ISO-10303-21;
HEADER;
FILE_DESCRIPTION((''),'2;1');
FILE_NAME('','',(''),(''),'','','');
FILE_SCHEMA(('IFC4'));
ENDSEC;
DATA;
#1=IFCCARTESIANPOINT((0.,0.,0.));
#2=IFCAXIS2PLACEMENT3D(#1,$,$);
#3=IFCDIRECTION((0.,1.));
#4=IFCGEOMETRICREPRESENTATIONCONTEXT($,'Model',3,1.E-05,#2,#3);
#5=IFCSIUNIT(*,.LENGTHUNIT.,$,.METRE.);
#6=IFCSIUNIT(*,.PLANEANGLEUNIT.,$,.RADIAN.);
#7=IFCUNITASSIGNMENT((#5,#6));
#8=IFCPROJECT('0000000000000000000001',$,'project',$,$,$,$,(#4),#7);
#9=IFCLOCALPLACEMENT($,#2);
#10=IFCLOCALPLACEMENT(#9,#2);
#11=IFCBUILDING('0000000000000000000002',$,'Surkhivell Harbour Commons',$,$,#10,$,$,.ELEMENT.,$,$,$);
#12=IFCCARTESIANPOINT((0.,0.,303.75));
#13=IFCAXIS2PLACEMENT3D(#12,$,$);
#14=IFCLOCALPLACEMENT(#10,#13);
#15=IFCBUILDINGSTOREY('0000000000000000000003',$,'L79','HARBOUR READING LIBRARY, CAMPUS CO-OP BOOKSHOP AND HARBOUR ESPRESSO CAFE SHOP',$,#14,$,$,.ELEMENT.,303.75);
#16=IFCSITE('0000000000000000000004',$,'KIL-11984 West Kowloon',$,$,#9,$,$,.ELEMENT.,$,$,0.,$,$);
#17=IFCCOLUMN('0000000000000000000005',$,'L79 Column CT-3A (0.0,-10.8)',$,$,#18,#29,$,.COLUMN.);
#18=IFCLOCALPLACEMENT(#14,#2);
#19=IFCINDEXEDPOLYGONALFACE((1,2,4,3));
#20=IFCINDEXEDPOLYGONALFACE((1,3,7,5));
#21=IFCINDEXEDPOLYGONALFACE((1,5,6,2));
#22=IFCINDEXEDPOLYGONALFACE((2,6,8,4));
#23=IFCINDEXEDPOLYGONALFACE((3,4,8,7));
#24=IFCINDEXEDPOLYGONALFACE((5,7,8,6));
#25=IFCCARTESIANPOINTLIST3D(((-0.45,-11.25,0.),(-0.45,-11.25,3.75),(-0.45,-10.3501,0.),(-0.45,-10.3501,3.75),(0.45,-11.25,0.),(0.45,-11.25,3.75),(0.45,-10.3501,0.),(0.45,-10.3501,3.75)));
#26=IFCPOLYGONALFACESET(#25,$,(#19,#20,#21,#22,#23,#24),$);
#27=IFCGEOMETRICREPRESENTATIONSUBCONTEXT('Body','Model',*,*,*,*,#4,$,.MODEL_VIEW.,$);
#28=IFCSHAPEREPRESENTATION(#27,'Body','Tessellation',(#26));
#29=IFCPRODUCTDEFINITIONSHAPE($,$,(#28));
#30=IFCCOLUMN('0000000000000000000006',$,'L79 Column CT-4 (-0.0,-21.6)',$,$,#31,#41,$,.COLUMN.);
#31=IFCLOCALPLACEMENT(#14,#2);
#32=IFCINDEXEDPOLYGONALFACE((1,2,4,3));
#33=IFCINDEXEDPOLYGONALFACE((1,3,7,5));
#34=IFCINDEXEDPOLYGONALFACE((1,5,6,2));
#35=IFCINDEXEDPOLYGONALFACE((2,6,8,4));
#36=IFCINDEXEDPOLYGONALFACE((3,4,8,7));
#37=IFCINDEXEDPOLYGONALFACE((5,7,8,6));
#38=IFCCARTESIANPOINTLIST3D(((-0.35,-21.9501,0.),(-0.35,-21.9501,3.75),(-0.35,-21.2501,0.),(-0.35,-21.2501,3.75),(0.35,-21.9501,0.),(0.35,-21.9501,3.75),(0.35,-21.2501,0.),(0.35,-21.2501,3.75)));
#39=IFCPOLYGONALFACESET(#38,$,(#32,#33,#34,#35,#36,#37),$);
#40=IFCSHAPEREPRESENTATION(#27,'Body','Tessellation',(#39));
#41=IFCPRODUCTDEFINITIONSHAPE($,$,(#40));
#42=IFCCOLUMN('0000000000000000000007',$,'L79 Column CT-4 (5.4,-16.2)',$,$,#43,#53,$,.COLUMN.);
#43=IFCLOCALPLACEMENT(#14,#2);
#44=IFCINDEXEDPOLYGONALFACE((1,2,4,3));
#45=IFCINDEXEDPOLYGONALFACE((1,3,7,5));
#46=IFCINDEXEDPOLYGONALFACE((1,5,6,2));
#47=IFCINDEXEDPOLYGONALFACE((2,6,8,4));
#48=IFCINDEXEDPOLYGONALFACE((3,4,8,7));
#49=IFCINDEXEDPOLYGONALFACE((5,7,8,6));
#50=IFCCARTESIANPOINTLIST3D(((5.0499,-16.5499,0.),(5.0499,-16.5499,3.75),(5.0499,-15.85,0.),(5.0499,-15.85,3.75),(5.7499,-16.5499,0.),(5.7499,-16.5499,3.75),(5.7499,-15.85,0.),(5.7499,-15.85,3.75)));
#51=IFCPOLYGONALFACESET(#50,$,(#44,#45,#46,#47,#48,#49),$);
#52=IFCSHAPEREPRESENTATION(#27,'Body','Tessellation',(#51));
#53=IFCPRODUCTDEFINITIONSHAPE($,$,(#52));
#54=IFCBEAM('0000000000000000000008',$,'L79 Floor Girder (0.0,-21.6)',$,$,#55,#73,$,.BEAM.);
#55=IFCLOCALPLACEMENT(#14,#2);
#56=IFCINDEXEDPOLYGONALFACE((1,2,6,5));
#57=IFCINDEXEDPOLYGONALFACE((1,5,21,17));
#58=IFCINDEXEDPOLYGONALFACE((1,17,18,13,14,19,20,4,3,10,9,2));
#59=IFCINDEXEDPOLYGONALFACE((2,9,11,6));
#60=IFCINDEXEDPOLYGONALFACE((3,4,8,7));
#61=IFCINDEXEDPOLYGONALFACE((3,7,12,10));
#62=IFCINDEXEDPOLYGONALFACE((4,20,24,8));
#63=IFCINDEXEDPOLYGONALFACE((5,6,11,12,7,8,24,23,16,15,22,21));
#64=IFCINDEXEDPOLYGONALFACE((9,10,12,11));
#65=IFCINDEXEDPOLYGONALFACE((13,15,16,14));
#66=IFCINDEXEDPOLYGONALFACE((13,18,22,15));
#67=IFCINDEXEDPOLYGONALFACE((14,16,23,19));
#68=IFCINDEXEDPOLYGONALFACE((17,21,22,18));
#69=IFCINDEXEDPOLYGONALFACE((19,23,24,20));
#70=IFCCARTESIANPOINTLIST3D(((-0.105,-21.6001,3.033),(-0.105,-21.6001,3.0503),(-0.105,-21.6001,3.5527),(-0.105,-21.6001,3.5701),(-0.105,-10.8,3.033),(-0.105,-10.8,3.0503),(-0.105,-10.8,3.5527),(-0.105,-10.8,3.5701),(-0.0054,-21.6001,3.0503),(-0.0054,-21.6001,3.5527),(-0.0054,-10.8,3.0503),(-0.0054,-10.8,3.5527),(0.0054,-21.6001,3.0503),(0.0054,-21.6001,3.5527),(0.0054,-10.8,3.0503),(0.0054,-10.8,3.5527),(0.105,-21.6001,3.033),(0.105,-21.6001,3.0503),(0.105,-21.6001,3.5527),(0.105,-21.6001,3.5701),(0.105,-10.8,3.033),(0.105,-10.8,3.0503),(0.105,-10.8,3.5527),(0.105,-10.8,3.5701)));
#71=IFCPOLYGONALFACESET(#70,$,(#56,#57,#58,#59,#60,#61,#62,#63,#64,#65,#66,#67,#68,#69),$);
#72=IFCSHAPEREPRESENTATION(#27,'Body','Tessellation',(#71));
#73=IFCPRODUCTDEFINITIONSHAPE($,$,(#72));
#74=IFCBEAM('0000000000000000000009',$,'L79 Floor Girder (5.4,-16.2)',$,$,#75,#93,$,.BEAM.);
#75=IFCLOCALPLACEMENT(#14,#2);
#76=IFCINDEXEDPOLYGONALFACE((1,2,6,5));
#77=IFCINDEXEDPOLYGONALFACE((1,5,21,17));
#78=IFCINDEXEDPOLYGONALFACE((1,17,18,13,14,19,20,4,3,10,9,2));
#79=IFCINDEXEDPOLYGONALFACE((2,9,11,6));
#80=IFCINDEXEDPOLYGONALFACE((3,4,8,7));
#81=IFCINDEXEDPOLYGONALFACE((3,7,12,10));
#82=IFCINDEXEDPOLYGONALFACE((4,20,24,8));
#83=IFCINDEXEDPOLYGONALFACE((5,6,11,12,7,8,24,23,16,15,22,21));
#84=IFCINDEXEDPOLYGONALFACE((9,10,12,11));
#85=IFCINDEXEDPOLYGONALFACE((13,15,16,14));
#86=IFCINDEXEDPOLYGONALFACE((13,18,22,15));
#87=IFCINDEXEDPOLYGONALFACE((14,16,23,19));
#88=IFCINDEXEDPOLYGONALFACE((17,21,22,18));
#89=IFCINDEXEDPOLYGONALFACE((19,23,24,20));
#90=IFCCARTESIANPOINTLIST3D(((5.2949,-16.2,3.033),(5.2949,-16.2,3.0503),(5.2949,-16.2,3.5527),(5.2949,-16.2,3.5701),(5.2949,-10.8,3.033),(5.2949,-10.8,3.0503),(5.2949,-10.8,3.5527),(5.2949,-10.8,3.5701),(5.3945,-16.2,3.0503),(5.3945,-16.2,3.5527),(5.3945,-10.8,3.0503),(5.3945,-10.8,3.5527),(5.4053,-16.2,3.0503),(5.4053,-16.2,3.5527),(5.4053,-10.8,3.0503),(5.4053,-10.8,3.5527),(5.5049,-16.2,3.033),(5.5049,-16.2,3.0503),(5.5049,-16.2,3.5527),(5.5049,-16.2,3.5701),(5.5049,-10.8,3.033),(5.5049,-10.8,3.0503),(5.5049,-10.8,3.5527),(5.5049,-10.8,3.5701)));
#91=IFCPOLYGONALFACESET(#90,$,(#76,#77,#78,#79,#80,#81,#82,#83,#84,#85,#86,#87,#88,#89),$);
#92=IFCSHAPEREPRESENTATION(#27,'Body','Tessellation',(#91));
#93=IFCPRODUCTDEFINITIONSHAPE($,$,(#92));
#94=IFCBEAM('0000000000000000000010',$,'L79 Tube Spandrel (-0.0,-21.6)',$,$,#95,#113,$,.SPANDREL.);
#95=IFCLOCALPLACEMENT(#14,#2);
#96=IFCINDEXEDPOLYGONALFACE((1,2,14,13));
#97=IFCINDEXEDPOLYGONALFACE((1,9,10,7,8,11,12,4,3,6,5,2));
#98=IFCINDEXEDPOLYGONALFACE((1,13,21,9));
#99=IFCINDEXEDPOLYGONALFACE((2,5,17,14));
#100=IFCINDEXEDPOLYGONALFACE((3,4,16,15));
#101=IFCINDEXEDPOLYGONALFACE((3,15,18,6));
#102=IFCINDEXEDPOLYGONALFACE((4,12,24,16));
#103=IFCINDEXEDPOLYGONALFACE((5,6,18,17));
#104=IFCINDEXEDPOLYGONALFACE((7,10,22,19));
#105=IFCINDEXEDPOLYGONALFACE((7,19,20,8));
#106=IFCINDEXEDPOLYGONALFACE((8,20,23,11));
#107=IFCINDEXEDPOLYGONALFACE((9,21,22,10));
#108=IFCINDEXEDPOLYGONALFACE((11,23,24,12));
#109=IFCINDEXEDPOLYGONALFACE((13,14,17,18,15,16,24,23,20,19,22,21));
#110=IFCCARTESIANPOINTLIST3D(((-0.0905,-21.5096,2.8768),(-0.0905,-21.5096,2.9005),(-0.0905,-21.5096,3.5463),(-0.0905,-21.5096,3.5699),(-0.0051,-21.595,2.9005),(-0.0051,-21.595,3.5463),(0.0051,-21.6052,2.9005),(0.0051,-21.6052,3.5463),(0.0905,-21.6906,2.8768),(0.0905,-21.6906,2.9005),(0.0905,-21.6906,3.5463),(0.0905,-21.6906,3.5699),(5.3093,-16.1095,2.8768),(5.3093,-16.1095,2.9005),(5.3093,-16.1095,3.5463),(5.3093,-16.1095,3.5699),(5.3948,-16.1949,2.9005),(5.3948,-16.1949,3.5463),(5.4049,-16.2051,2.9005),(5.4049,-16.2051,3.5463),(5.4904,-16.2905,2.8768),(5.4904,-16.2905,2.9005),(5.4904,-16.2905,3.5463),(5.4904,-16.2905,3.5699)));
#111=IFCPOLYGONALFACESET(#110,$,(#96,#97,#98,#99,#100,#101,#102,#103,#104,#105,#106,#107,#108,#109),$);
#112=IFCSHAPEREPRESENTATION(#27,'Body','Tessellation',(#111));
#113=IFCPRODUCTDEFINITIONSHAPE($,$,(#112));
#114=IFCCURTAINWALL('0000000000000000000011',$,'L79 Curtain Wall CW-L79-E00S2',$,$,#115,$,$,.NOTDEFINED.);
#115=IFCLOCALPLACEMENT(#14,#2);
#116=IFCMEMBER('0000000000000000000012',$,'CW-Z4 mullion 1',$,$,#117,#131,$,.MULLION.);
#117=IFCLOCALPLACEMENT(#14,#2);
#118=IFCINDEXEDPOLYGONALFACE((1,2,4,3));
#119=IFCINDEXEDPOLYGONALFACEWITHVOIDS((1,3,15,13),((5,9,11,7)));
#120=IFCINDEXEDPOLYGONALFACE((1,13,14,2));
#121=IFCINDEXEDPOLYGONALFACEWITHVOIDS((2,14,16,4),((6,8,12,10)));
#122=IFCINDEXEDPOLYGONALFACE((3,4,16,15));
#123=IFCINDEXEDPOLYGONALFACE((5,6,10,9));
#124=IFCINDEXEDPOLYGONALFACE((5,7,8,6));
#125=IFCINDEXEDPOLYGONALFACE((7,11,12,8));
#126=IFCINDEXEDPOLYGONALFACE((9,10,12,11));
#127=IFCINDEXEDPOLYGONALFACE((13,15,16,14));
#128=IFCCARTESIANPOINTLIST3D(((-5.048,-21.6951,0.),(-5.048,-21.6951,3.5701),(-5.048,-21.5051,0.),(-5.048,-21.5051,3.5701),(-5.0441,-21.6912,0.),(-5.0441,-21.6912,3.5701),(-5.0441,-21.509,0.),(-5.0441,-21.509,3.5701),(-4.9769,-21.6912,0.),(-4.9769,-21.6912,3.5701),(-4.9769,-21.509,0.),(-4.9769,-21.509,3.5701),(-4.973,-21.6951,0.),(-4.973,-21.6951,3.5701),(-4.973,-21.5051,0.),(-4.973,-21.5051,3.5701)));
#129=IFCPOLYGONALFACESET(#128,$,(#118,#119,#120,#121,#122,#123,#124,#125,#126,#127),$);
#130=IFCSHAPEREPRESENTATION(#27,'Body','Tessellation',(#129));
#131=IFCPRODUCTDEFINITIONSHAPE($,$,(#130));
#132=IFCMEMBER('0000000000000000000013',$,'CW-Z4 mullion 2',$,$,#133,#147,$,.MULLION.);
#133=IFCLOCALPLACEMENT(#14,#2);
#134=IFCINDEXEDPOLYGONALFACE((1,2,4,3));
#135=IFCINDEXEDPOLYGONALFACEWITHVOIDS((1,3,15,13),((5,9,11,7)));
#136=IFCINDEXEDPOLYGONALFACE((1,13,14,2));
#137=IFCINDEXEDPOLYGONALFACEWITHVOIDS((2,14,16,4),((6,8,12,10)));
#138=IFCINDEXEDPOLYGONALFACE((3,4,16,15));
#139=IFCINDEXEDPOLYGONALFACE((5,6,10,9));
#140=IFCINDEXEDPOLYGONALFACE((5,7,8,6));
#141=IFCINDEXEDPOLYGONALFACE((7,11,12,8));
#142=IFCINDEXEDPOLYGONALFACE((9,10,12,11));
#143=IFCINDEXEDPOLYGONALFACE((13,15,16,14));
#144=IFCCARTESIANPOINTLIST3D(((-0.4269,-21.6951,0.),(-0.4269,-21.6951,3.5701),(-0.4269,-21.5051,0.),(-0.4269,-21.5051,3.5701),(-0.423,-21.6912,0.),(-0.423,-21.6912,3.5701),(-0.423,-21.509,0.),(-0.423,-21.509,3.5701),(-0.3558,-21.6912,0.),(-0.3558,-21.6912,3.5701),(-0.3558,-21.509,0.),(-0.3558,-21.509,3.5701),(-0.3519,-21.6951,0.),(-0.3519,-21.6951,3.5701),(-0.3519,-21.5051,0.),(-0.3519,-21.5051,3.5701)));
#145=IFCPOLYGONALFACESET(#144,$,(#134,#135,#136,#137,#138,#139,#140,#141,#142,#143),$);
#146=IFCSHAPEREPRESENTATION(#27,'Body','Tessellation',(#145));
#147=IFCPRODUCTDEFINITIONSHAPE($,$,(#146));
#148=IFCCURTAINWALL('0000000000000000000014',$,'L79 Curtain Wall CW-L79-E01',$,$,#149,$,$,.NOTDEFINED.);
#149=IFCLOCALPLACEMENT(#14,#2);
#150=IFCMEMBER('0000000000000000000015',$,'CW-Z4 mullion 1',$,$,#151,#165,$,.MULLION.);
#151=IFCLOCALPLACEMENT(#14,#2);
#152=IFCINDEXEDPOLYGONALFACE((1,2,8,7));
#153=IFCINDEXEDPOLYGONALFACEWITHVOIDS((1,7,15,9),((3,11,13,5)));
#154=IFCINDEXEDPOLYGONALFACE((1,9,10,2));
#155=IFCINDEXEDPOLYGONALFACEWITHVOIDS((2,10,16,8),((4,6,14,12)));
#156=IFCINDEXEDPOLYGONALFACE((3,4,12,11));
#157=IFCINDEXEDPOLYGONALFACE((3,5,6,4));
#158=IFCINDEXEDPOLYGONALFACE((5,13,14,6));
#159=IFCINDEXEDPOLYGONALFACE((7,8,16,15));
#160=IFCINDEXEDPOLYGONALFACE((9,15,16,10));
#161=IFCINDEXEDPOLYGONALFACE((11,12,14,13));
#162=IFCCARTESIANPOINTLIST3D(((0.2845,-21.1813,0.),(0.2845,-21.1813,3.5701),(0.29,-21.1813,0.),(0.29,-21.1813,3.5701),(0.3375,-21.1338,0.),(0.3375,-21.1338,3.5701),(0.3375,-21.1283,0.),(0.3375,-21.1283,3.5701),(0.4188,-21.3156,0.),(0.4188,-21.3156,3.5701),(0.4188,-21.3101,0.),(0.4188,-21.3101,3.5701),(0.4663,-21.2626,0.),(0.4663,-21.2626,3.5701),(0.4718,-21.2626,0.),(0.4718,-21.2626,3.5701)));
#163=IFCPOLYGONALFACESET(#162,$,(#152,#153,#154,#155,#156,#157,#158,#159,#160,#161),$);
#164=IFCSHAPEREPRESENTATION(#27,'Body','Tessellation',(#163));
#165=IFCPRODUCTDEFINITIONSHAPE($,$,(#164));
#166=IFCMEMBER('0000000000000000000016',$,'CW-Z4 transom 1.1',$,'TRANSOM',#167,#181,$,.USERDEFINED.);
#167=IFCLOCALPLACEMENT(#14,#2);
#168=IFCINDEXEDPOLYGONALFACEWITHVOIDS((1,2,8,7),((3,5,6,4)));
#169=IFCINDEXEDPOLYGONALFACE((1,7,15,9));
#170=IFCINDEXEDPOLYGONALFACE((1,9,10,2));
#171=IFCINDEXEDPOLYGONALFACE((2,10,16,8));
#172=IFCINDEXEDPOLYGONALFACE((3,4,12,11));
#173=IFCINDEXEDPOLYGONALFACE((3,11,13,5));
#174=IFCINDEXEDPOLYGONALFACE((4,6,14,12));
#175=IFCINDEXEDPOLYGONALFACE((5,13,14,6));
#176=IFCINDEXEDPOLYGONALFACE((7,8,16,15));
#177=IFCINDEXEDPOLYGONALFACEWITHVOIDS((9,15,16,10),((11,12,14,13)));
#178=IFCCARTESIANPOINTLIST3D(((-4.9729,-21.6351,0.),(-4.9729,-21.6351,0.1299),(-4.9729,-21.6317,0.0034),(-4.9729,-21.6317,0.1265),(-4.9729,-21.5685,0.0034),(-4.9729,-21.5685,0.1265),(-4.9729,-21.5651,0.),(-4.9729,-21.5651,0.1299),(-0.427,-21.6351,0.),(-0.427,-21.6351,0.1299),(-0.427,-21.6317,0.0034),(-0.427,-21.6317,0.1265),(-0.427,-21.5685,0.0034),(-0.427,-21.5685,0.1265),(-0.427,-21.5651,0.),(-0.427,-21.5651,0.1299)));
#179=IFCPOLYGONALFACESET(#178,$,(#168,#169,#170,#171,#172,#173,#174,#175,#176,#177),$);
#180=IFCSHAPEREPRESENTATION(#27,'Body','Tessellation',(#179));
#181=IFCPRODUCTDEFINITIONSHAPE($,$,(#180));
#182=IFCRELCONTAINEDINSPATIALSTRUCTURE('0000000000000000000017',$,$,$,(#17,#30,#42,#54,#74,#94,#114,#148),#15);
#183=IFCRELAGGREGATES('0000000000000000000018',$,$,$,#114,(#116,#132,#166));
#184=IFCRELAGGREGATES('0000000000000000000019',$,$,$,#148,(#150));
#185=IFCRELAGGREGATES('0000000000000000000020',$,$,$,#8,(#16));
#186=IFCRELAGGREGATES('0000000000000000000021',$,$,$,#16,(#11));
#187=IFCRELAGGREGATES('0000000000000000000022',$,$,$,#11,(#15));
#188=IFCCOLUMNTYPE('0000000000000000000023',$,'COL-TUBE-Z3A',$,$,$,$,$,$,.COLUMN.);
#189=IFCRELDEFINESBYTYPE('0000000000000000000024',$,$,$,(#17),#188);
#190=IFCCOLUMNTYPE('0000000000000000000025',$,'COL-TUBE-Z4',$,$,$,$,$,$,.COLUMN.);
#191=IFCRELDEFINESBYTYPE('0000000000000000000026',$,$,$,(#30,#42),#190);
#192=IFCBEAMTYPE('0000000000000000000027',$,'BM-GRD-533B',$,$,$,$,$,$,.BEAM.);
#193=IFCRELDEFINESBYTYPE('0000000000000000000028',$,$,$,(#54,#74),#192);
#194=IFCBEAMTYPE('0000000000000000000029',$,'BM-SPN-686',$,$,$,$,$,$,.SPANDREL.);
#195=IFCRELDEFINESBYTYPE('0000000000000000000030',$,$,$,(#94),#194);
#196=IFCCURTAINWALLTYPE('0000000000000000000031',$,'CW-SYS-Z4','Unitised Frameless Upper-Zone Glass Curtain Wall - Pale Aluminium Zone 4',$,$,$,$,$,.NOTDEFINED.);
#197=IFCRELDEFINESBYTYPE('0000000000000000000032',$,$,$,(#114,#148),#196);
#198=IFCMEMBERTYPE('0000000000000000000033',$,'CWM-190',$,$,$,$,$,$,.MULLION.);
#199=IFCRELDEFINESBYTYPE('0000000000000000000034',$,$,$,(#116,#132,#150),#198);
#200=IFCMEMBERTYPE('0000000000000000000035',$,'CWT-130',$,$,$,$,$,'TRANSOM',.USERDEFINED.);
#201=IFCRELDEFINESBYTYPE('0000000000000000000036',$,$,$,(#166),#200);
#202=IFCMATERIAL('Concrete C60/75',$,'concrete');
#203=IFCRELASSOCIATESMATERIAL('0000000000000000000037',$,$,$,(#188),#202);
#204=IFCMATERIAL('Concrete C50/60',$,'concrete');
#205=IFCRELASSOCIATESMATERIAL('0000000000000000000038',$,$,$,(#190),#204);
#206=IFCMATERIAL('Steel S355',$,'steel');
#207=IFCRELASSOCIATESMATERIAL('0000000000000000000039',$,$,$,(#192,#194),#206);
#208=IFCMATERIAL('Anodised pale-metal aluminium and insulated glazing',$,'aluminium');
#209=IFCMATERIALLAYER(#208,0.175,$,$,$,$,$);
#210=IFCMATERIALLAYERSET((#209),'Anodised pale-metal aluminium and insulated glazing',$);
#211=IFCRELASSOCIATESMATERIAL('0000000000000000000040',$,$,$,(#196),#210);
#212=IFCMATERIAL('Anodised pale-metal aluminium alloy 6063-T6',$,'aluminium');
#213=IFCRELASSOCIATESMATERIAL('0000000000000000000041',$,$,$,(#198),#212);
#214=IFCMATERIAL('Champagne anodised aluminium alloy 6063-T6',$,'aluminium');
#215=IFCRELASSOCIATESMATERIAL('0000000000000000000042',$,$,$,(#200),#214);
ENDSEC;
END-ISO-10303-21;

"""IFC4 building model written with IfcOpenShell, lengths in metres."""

from ifc_helpers import new_model, si_unit, direction, frame, origin, origin_2d, place, context, subcontext, project, spatial, rectangle, hollow_rectangle, i_section, extrude, material, layer, layer_set, material_profile, profile_set, type_object, element, aggregate, save


model = new_model("IFC4")

# Units and contexts
model_context = context("Model", 3, precision=1e-05, world=origin(), true_north=direction((0.0, 1.0)))
body_context = subcontext(model_context, "Body", "Model", "MODEL_VIEW")
ifc_project = project(units=[si_unit("LENGTHUNIT", "METRE"), si_unit("PLANEANGLEUNIT", "RADIAN")], contexts=[model_context])

# Site, building, storey
site_placement = place(None, origin())
site = spatial("IfcSite", under=ifc_project, at=site_placement, Name="KIL-11984 West Kowloon", CompositionType="ELEMENT", RefElevation=0.0)
building_placement = place(site_placement, origin())
building = spatial("IfcBuilding", under=site, at=building_placement, Name="Surkhivell Harbour Commons", CompositionType="ELEMENT")
storey_placement = place(building_placement, frame((0.0, 0.0, 303.75)))
storey = spatial("IfcBuildingStorey", under=building, at=storey_placement, Name="L79", Description="HARBOUR READING LIBRARY, CAMPUS CO-OP BOOKSHOP AND HARBOUR ESPRESSO CAFE SHOP", CompositionType="ELEMENT", Elevation=303.75)

# Columns
ifc_material_1 = material(Name="Concrete C60/75", Category="concrete")
ifc_material_profile_1 = material_profile(ifc_material_1, rectangle(XDim=0.8999, YDim=0.8999, at=origin_2d()), Name="RC-COL-900x900")
ifc_profile_set_1 = profile_set([ifc_material_profile_1], Name="Concrete C60/75")
column_type_1 = type_object("IfcColumnType", Name="COL-TUBE-Z3A", PredefinedType="COLUMN", material=ifc_profile_set_1)
column_placement = place(storey_placement, frame((0.0, -10.8, 0.0), z_axis=(0.0, 0.0, 1.0), x_axis=(1.0, 0.0, 0.0)))
element("IfcColumn", 1, at=column_placement, inside=storey, type_object=column_type_1, Name="L79 Column CT-3A (0.0,-10.8)", PredefinedType="COLUMN", context=body_context, shape_type="SweptSolid", body=[
    extrude(rectangle(XDim=0.8999, YDim=0.8999, at=origin_2d()), origin(), (0.0, 0.0, 1.0), 3.75),
])
ifc_material_2 = material(Name="Concrete C50/60", Category="concrete")
ifc_material_profile_2 = material_profile(ifc_material_2, rectangle(XDim=0.7, YDim=0.7, at=origin_2d()), Name="RC-COL-700x700")
ifc_profile_set_2 = profile_set([ifc_material_profile_2], Name="Concrete C50/60")
column_type_2 = type_object("IfcColumnType", Name="COL-TUBE-Z4", PredefinedType="COLUMN", material=ifc_profile_set_2)
for number, where, z_axis, x_axis, name in (
    (2, (0.0, -21.6001, 0.0), (0.0, 0.0, 1.0), (1.0, 0.0, 0.0), "L79 Column CT-4 (-0.0,-21.6)"),
    (3, (5.3999, -16.2, 0.0), (0.0, 0.0, 1.0), (1.0, 0.0, 0.0), "L79 Column CT-4 (5.4,-16.2)"),
):
    element("IfcColumn", number, at=place(storey_placement, frame(where, z_axis=z_axis, x_axis=x_axis)), inside=storey, type_object=column_type_2, Name=name, PredefinedType="COLUMN", context=body_context, shape_type="SweptSolid", body=[
        extrude(rectangle(XDim=0.7, YDim=0.7, at=origin_2d()), origin(), (0.0, 0.0, 1.0), 3.75),
    ])

# Beams
ifc_material_3 = material(Name="Steel S355", Category="steel")
ifc_material_profile_3 = material_profile(ifc_material_3, i_section(OverallWidth=0.21, OverallDepth=0.5371, WebThickness=0.0107, FlangeThickness=0.0173, at=origin_2d()), Name="UB533x210x101")
ifc_profile_set_3 = profile_set([ifc_material_profile_3], Name="Steel S355")
beam_type_1 = type_object("IfcBeamType", Name="BM-GRD-533B", PredefinedType="BEAM", material=ifc_profile_set_3)
beam_1_placement = place(storey_placement, frame((0.0, -21.6001, 3.3015), z_axis=(0.0, 1.0, 0.0), x_axis=(-1.0, 0.0, 0.0)))
element("IfcBeam", 4, at=beam_1_placement, inside=storey, type_object=beam_type_1, Name="L79 Floor Girder (0.0,-21.6)", PredefinedType="BEAM", context=body_context, shape_type="SweptSolid", body=[
    extrude(i_section(OverallWidth=0.21, OverallDepth=0.5371, WebThickness=0.0107, FlangeThickness=0.0173, at=origin_2d()), origin(), (0.0, 0.0, 1.0), 10.8),
])
beam_2_placement = place(storey_placement, frame((5.3999, -16.2, 3.3015), z_axis=(0.0, 1.0, 0.0), x_axis=(-1.0, 0.0, 0.0)))
element("IfcBeam", 5, at=beam_2_placement, inside=storey, type_object=beam_type_1, Name="L79 Floor Girder (5.4,-16.2)", PredefinedType="BEAM", context=body_context, shape_type="SweptSolid", body=[
    extrude(i_section(OverallWidth=0.21, OverallDepth=0.5371, WebThickness=0.0107, FlangeThickness=0.0173, at=origin_2d()), origin(), (0.0, 0.0, 1.0), 5.3999),
])
ifc_material_profile_4 = material_profile(ifc_material_3, i_section(OverallWidth=0.2561, OverallDepth=0.6931, WebThickness=0.0144, FlangeThickness=0.0237, at=origin_2d()), Name="UB686x254x170")
ifc_profile_set_4 = profile_set([ifc_material_profile_4], Name="Steel S355")
beam_type_2 = type_object("IfcBeamType", Name="BM-SPN-686", PredefinedType="SPANDREL", material=ifc_profile_set_4)
beam_3_placement = place(storey_placement, frame((0.0, -21.6001, 3.2234), z_axis=(0.707091, 0.707123, 0.0), x_axis=(-0.707123, 0.707091, 0.0)))
element("IfcBeam", 6, at=beam_3_placement, inside=storey, type_object=beam_type_2, Name="L79 Tube Spandrel (-0.0,-21.6)", PredefinedType="SPANDREL", context=body_context, shape_type="SweptSolid", body=[
    extrude(i_section(OverallWidth=0.2561, OverallDepth=0.6931, WebThickness=0.0144, FlangeThickness=0.0237, at=origin_2d()), origin(), (0.0, 0.0, 1.0), 7.6367),
])

# Curtain wall, members
ifc_material_4 = material(Name="Anodised pale-metal aluminium and insulated glazing", Category="aluminium")
ifc_layer_1 = layer(ifc_material_4, 0.175)
ifc_layer_set_1 = layer_set([ifc_layer_1], Name="Anodised pale-metal aluminium and insulated glazing")
curtain_wall_type = type_object("IfcCurtainWallType", Name="CW-SYS-Z4", Description="Unitised Frameless Upper-Zone Glass Curtain Wall - Pale Aluminium Zone 4", PredefinedType="NOTDEFINED", material=ifc_layer_set_1)
curtain_wall_1_placement = place(storey_placement, origin())
curtain_wall_1 = element("IfcCurtainWall", 7, at=curtain_wall_1_placement, inside=storey, type_object=curtain_wall_type, Name="L79 Curtain Wall CW-L79-E00S2", PredefinedType="NOTDEFINED")
ifc_material_5 = material(Name="Anodised pale-metal aluminium alloy 6063-T6", Category="aluminium")
ifc_material_profile_5 = material_profile(ifc_material_5, hollow_rectangle(XDim=0.075, YDim=0.1899, WallThickness=0.0039, at=origin_2d()), Name="ALU-MULL-75x190")
ifc_profile_set_5 = profile_set([ifc_material_profile_5], Name="Anodised pale-metal aluminium alloy 6063-T6")
member_type_1 = type_object("IfcMemberType", Name="CWM-190", PredefinedType="MULLION", material=ifc_profile_set_5)
member_1_placement = place(storey_placement, frame((-5.0105, -21.6001, 0.0), z_axis=(0.0, 0.0, 1.0), x_axis=(1.0, 0.0, 0.0)))
member_1 = element("IfcMember", 8, at=member_1_placement, type_object=member_type_1, Name="CW-Z4 mullion 1", PredefinedType="MULLION", context=body_context, shape_type="SweptSolid", body=[
    extrude(hollow_rectangle(XDim=0.075, YDim=0.1899, WallThickness=0.0039, at=origin_2d()), origin(), (0.0, 0.0, 1.0), 3.5701),
])
member_2_placement = place(storey_placement, frame((-0.3894, -21.6001, 0.0), z_axis=(0.0, 0.0, 1.0), x_axis=(1.0, 0.0, 0.0)))
member_2 = element("IfcMember", 9, at=member_2_placement, type_object=member_type_1, Name="CW-Z4 mullion 2", PredefinedType="MULLION", context=body_context, shape_type="SweptSolid", body=[
    extrude(hollow_rectangle(XDim=0.075, YDim=0.1899, WallThickness=0.0039, at=origin_2d()), origin(), (0.0, 0.0, 1.0), 3.5701),
])

# Curtain wall, member
curtain_wall_2_placement = place(storey_placement, origin())
curtain_wall_2 = element("IfcCurtainWall", 10, at=curtain_wall_2_placement, inside=storey, type_object=curtain_wall_type, Name="L79 Curtain Wall CW-L79-E01", PredefinedType="NOTDEFINED")
member_3_placement = place(storey_placement, frame((0.3782, -21.2219, 0.0), z_axis=(0.0, 0.0, 1.0), x_axis=(0.707107, 0.707107, 0.0)))
member_3 = element("IfcMember", 11, at=member_3_placement, type_object=member_type_1, Name="CW-Z4 mullion 1", PredefinedType="MULLION", context=body_context, shape_type="SweptSolid", body=[
    extrude(hollow_rectangle(XDim=0.075, YDim=0.1899, WallThickness=0.0039, at=origin_2d()), origin(), (0.0, 0.0, 1.0), 3.5701),
])

# Member
ifc_material_6 = material(Name="Champagne anodised aluminium alloy 6063-T6", Category="aluminium")
ifc_material_profile_6 = material_profile(ifc_material_6, hollow_rectangle(XDim=0.0701, YDim=0.1299, WallThickness=0.0034, at=origin_2d()), Name="ALU-TRAN-70x130")
ifc_profile_set_6 = profile_set([ifc_material_profile_6], Name="Champagne anodised aluminium alloy 6063-T6")
member_type_2 = type_object("IfcMemberType", Name="CWT-130", ElementType="TRANSOM", PredefinedType="USERDEFINED", material=ifc_profile_set_6)
member_4_placement = place(storey_placement, frame((-4.9729, -21.6001, 0.0649), z_axis=(1.0, 0.0, 0.0), x_axis=(0.0, 1.0, 0.0)))
member_4 = element("IfcMember", 12, at=member_4_placement, type_object=member_type_2, Name="CW-Z4 transom 1.1", ObjectType="TRANSOM", PredefinedType="USERDEFINED", context=body_context, shape_type="SweptSolid", body=[
    extrude(hollow_rectangle(XDim=0.0701, YDim=0.1299, WallThickness=0.0034, at=origin_2d()), origin(), (0.0, 0.0, 1.0), 4.5459),
])

aggregate(curtain_wall_1, [member_1, member_2, member_4])
aggregate(curtain_wall_2, [member_3])

save(model, "model.ifc")
